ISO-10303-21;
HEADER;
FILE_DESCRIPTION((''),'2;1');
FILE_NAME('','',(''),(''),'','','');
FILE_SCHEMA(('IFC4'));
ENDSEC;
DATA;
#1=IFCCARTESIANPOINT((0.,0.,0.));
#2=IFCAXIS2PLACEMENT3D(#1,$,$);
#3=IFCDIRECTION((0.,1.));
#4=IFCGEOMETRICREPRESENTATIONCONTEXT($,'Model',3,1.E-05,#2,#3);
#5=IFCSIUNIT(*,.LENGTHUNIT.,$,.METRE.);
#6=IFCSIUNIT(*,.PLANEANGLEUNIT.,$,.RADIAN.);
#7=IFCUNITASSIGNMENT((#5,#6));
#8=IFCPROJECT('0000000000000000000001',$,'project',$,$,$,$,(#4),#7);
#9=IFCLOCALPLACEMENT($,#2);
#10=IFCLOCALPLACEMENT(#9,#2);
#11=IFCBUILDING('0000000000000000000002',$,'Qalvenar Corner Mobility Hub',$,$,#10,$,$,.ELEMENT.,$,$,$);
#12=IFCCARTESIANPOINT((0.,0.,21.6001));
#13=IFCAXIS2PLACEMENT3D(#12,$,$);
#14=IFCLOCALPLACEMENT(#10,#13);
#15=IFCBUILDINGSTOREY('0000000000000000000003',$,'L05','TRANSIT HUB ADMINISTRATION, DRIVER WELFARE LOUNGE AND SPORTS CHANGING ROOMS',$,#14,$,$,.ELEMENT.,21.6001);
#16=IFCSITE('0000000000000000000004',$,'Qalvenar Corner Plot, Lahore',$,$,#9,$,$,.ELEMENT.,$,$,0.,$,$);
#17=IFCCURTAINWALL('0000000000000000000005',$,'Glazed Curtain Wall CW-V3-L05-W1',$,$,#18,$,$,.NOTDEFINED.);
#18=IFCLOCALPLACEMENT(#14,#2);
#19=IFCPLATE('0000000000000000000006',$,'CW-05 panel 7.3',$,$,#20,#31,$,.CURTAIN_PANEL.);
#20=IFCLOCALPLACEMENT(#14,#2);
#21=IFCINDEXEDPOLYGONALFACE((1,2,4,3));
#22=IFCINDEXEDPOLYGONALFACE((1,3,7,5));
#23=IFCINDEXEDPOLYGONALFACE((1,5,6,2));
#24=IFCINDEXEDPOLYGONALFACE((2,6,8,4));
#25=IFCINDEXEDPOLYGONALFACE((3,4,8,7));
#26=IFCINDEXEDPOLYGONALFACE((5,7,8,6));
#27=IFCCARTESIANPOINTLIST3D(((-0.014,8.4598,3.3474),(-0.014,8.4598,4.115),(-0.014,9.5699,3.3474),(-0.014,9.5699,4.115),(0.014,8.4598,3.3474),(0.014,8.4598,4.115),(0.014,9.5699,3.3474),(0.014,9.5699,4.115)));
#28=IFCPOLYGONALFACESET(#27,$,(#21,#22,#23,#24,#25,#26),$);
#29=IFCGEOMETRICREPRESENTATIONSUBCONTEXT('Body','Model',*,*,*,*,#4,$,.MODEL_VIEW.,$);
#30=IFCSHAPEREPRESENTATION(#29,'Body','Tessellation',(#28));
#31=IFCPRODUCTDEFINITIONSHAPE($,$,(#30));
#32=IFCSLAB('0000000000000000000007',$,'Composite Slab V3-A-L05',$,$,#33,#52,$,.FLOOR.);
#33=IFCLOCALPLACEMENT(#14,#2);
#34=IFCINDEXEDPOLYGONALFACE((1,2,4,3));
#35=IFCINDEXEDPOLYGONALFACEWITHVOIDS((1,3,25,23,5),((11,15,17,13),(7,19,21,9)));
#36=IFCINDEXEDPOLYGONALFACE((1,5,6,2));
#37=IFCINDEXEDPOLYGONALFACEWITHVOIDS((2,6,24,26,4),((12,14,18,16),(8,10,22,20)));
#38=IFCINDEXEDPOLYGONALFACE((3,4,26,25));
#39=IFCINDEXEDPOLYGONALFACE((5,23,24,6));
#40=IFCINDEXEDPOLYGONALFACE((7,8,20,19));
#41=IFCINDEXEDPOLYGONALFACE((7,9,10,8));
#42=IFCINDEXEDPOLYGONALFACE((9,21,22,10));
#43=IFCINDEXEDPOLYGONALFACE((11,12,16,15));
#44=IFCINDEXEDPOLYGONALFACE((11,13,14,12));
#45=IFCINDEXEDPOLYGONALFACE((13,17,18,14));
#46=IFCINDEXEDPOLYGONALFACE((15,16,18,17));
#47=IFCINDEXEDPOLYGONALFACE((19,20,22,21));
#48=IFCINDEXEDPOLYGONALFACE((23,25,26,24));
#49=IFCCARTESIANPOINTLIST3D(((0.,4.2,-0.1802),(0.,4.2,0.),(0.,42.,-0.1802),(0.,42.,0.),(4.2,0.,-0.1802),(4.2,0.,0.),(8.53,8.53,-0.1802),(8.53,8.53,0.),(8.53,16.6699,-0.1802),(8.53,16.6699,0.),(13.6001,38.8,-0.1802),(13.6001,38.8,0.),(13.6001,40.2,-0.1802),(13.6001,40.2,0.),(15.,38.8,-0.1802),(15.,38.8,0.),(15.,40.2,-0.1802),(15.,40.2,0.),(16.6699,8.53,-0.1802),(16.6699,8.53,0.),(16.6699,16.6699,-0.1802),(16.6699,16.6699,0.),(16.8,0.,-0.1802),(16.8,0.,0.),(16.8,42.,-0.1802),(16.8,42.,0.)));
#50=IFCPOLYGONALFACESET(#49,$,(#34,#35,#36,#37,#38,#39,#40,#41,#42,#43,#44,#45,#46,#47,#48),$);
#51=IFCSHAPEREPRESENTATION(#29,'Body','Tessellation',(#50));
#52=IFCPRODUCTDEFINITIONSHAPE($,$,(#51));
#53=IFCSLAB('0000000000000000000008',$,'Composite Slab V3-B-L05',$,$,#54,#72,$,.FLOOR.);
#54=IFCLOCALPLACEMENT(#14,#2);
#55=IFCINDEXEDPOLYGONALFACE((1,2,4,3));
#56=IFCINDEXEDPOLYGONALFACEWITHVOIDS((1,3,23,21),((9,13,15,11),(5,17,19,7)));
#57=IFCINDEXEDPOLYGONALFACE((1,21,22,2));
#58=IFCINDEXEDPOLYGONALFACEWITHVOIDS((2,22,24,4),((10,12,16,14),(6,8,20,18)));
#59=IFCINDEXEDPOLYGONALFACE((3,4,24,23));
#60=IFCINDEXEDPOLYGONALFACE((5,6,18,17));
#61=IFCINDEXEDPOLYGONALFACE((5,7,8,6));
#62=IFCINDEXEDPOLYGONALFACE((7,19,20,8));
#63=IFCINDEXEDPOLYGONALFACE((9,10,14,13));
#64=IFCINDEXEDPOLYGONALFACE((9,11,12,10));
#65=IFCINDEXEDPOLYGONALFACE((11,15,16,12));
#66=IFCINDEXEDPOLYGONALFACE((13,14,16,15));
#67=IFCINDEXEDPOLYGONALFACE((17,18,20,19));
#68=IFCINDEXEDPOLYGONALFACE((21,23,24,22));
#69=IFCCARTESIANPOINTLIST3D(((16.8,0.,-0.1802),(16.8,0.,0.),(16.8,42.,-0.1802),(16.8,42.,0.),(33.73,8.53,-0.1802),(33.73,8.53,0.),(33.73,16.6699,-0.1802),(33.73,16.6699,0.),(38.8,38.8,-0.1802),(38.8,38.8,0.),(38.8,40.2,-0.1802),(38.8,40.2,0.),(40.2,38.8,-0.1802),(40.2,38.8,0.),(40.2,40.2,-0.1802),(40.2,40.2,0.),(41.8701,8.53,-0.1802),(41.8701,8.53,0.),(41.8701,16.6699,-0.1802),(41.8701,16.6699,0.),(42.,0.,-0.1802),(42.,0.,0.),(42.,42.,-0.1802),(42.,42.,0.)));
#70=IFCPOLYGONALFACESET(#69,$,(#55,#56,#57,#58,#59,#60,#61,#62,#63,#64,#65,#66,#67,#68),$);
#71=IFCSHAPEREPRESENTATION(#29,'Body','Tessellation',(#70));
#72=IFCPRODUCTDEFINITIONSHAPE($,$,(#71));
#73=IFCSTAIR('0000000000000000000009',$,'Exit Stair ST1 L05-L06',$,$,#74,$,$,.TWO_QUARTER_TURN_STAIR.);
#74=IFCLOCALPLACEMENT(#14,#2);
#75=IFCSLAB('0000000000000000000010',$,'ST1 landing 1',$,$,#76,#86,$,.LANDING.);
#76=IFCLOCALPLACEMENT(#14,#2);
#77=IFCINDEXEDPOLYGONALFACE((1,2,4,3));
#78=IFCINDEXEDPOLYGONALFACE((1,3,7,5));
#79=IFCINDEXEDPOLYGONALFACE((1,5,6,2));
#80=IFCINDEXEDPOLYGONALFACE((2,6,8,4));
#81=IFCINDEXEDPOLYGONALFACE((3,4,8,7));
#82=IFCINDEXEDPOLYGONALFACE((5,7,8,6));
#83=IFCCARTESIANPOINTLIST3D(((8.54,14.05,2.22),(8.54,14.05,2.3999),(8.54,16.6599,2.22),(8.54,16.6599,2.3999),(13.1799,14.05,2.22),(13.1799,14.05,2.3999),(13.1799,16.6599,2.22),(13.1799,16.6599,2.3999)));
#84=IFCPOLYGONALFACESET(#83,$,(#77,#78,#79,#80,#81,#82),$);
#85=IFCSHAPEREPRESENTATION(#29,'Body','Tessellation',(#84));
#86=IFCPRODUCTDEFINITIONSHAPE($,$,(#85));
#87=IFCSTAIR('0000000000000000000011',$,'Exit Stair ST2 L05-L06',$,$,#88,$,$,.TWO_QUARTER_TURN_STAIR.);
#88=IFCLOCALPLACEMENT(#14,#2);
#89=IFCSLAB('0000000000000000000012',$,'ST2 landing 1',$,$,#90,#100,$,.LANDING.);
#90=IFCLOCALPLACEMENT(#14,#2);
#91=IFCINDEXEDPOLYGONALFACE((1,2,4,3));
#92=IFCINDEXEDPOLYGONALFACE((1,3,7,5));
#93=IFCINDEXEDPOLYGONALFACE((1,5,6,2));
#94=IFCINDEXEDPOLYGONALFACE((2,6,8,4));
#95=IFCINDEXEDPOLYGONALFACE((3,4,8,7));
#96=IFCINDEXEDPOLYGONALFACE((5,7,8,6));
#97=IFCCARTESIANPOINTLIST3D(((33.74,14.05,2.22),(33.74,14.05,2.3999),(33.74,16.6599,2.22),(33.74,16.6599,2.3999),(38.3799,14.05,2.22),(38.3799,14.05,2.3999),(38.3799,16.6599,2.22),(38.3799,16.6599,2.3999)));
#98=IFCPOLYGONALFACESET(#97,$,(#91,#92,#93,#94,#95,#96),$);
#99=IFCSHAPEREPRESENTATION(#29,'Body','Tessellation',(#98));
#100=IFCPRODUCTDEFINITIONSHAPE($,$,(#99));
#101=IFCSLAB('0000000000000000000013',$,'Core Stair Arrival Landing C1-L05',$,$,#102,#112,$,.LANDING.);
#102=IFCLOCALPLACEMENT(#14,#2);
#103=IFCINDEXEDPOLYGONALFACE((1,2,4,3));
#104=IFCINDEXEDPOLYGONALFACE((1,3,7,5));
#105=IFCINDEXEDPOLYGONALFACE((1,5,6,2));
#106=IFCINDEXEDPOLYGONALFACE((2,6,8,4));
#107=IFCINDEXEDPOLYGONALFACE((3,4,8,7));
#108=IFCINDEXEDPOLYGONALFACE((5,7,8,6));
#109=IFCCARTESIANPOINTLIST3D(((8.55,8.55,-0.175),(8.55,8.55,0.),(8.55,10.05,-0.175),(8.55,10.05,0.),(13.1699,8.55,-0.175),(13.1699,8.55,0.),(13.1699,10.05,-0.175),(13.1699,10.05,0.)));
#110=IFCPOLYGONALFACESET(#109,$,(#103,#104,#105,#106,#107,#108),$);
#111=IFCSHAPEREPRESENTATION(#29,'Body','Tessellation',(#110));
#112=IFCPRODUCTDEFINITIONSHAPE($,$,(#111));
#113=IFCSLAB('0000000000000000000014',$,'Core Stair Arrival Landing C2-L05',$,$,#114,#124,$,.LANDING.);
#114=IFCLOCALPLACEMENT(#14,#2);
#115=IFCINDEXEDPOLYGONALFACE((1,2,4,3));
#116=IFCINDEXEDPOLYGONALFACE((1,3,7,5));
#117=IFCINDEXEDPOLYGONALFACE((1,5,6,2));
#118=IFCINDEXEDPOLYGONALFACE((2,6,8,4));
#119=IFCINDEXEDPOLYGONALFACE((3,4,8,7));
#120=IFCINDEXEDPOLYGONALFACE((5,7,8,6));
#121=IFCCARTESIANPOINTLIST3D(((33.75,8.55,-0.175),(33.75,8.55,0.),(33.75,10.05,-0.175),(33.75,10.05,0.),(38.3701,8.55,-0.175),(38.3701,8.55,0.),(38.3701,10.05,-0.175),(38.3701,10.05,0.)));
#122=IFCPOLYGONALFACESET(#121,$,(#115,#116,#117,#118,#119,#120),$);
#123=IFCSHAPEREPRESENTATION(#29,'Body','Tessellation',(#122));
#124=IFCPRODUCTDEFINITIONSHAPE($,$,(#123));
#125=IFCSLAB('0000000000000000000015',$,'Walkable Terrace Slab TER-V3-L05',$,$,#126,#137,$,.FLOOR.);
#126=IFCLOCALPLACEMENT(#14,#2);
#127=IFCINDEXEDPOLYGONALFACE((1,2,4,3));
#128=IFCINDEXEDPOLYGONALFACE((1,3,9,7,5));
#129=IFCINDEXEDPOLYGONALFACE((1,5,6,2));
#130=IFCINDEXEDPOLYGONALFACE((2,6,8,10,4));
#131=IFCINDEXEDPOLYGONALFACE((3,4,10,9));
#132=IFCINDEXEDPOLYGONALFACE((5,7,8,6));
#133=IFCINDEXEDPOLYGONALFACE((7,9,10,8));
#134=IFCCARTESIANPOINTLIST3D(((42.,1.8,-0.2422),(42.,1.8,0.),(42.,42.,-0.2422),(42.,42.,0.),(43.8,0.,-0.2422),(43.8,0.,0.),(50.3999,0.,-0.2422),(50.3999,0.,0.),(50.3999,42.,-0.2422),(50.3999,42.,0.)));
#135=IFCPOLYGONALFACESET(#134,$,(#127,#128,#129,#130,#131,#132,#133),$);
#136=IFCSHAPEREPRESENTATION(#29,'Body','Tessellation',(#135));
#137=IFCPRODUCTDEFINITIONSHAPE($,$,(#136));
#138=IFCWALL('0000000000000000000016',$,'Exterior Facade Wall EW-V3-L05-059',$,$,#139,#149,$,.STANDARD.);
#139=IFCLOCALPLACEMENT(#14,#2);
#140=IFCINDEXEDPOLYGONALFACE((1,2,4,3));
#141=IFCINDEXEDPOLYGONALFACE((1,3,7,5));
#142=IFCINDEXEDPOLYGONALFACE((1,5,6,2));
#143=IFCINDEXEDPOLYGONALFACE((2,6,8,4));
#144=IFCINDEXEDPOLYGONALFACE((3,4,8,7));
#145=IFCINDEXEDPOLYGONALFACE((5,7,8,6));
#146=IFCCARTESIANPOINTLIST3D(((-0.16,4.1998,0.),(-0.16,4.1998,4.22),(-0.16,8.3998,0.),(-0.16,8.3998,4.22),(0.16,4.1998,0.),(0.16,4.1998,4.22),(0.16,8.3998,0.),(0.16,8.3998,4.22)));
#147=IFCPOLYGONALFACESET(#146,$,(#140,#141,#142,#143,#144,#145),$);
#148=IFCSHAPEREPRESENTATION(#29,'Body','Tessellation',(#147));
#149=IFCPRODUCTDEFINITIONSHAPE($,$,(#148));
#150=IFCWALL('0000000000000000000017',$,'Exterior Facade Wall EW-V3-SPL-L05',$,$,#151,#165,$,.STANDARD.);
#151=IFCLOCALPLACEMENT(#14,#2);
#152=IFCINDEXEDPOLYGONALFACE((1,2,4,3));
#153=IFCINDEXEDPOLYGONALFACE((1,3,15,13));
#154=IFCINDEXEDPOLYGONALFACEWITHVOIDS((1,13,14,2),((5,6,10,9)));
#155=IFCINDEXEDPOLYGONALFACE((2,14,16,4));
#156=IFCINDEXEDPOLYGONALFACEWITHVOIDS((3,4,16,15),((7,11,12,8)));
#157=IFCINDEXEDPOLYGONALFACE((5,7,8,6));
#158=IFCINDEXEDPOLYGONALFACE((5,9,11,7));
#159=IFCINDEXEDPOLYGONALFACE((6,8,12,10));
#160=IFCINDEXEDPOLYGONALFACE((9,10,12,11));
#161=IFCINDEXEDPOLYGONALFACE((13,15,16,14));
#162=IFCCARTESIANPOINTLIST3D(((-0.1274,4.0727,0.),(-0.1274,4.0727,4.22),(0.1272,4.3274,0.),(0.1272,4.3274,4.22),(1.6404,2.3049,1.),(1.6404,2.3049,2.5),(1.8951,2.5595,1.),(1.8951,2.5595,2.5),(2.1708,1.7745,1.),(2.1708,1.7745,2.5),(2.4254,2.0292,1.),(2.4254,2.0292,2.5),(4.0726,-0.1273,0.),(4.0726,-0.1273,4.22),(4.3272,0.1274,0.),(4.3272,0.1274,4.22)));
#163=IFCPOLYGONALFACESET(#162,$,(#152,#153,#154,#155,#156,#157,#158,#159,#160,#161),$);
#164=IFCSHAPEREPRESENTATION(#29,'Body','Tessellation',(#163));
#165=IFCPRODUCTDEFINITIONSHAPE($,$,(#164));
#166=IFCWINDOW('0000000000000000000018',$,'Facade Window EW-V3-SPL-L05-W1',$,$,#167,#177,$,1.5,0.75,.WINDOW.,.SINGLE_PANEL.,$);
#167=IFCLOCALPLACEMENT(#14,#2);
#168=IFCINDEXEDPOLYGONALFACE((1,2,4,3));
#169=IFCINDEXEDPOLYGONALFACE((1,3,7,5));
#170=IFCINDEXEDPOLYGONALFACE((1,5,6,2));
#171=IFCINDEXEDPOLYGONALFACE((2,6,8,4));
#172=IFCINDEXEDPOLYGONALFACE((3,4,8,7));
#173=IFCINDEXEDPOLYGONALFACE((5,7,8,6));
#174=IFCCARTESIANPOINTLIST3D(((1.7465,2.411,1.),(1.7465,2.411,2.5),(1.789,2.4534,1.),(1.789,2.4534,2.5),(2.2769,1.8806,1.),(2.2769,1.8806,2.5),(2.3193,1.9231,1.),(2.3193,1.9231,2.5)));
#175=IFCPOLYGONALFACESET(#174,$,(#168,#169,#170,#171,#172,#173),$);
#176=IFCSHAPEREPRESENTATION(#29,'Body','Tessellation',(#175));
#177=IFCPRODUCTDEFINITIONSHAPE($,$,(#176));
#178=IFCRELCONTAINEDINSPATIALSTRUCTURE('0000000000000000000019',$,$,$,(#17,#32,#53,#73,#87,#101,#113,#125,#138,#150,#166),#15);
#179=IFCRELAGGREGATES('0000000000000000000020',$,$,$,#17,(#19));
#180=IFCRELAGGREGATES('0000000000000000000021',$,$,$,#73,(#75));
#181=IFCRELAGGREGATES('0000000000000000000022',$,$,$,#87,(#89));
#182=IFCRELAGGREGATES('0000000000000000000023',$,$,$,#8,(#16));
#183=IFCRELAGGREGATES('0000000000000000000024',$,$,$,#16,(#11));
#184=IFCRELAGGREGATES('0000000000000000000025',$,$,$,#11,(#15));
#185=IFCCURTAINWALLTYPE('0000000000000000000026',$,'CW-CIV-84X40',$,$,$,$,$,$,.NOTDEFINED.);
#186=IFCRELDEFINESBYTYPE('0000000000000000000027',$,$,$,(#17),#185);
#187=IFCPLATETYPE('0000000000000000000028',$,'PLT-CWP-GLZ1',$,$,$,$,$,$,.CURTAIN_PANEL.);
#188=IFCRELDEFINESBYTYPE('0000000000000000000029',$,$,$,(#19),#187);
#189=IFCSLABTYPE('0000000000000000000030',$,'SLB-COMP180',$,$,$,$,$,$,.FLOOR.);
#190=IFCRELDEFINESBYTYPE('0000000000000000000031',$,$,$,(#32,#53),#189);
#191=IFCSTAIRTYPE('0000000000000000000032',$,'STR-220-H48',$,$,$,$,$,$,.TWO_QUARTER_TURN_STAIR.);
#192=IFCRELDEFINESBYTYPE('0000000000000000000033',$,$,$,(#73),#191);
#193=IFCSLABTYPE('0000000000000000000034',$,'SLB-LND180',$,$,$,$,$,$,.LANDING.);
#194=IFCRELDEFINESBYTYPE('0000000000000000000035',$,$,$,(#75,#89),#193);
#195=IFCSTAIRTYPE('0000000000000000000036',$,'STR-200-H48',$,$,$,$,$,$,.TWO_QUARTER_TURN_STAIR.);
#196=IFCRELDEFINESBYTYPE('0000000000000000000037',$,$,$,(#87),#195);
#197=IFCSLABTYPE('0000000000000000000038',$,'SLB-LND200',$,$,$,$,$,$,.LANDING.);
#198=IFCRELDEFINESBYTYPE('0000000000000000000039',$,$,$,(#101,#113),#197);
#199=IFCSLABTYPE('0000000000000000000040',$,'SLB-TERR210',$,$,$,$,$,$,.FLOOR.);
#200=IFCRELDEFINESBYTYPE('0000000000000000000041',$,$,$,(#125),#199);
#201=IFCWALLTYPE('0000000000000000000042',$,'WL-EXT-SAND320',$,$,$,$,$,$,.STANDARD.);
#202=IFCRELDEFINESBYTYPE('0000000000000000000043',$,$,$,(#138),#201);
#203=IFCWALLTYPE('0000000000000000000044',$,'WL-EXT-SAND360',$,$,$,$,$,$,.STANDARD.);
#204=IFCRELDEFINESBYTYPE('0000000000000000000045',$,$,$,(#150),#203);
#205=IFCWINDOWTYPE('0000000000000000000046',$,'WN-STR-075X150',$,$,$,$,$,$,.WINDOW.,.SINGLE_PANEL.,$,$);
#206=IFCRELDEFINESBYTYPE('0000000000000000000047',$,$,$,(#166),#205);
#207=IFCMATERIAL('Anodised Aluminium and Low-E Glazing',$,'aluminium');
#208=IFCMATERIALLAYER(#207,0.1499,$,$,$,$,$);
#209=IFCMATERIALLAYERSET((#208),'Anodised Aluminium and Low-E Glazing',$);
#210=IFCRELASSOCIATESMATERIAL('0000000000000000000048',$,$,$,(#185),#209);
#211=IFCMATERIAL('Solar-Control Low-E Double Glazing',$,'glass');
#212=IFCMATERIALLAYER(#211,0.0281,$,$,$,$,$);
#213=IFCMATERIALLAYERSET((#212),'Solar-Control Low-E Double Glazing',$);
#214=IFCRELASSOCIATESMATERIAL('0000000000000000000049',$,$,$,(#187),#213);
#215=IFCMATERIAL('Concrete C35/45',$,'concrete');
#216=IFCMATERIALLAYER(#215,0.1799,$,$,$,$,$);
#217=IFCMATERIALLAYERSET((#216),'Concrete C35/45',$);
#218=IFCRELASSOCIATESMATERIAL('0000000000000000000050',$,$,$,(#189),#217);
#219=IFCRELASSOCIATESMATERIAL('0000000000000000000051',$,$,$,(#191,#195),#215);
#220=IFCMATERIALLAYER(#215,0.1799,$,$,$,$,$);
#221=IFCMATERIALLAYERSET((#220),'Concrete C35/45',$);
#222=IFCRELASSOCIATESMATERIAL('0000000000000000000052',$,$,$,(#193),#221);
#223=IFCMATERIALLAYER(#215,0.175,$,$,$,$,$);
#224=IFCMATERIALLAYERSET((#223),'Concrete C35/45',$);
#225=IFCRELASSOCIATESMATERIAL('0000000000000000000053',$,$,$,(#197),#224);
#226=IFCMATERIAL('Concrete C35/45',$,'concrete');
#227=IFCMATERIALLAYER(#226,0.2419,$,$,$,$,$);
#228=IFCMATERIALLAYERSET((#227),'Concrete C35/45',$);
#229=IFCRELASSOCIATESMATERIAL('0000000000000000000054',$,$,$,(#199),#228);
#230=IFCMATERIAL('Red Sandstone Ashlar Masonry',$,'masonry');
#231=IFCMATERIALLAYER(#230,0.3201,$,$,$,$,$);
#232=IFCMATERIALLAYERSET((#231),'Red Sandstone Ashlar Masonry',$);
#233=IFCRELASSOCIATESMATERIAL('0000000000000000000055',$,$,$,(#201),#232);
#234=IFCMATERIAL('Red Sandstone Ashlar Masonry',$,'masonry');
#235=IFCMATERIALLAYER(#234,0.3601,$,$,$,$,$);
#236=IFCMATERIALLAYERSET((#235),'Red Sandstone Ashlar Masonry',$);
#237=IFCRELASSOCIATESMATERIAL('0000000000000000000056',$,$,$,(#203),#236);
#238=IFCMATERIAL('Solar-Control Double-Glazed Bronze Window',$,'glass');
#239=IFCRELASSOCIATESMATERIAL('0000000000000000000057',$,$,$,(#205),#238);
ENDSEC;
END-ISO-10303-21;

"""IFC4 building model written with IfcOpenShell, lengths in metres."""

from ifc_helpers import new_model, si_unit, direction, frame, frame_2d, origin, origin_2d, place, context, subcontext, project, spatial, polyline, rectangle, outline, extrude, material, layer, layer_set, type_object, element, fill, aggregate, save


model = new_model("IFC4")

# Units and contexts
model_context = context("Model", 3, precision=1e-05, world=origin(), true_north=direction((0.0, 1.0)))
body_context = subcontext(model_context, "Body", "Model", "MODEL_VIEW")
ifc_project = project(units=[si_unit("LENGTHUNIT", "METRE"), si_unit("PLANEANGLEUNIT", "RADIAN")], contexts=[model_context])

# Site, building, storey
site_placement = place(None, origin())
site = spatial("IfcSite", under=ifc_project, at=site_placement, Name="Qalvenar Corner Plot, Lahore", CompositionType="ELEMENT", RefElevation=0.0)
building_placement = place(site_placement, origin())
building = spatial("IfcBuilding", under=site, at=building_placement, Name="Qalvenar Corner Mobility Hub", CompositionType="ELEMENT")
storey_placement = place(building_placement, frame((0.0, 0.0, 21.6001)))
storey = spatial("IfcBuildingStorey", under=building, at=storey_placement, Name="L05", Description="TRANSIT HUB ADMINISTRATION, DRIVER WELFARE LOUNGE AND SPORTS CHANGING ROOMS", CompositionType="ELEMENT", Elevation=21.6001)

# Curtain wall, plate
ifc_material_1 = material(Name="Anodised Aluminium and Low-E Glazing", Category="aluminium")
ifc_layer_1 = layer(ifc_material_1, 0.1499)
ifc_layer_set_1 = layer_set([ifc_layer_1], Name="Anodised Aluminium and Low-E Glazing")
curtain_wall_type = type_object("IfcCurtainWallType", Name="CW-CIV-84X40", PredefinedType="NOTDEFINED", material=ifc_layer_set_1)
curtain_wall_placement = place(storey_placement, origin())
curtain_wall = element("IfcCurtainWall", 1, at=curtain_wall_placement, inside=storey, type_object=curtain_wall_type, Name="Glazed Curtain Wall CW-V3-L05-W1", PredefinedType="NOTDEFINED")
ifc_material_2 = material(Name="Solar-Control Low-E Double Glazing", Category="glass")
ifc_layer_2 = layer(ifc_material_2, 0.0281)
ifc_layer_set_2 = layer_set([ifc_layer_2], Name="Solar-Control Low-E Double Glazing")
plate_type = type_object("IfcPlateType", Name="PLT-CWP-GLZ1", PredefinedType="CURTAIN_PANEL", material=ifc_layer_set_2)
plate_1_placement = place(storey_placement, frame((0.0, 9.0149, 3.3474), z_axis=(0.0, 0.0, 1.0), x_axis=(0.0, -1.0, 0.0)))
plate_1 = element("IfcPlate", 2, at=plate_1_placement, type_object=plate_type, Name="CW-05 panel 7.3", PredefinedType="CURTAIN_PANEL", context=body_context, shape_type="SweptSolid", body=[
    extrude(rectangle(XDim=1.1101, YDim=0.0281, at=origin_2d()), origin(), (0.0, 0.0, 1.0), 0.7676),
])
aggregate(curtain_wall, [plate_1])

# Slabs
ifc_material_3 = material(Name="Concrete C35/45", Category="concrete")
ifc_layer_3 = layer(ifc_material_3, 0.1799)
ifc_layer_set_3 = layer_set([ifc_layer_3], Name="Concrete C35/45")
slab_type_1 = type_object("IfcSlabType", Name="SLB-COMP180", PredefinedType="FLOOR", material=ifc_layer_set_3)
slab_1_placement = place(storey_placement, frame((0.0, 0.0, -0.1802)))
element("IfcSlab", 3, at=slab_1_placement, inside=storey, type_object=slab_type_1, Name="Composite Slab V3-A-L05", PredefinedType="FLOOR", context=body_context, shape_type="SweptSolid", body=[
    extrude(outline(polyline([(4.2, 0.0), (16.8, 0.0), (16.8, 42.0), (0.0, 42.0), (0.0, 4.2), (4.2, 0.0)]), holes=[polyline([(8.53, 8.53), (16.6699, 8.53), (16.6699, 16.6699), (8.53, 16.6699), (8.53, 8.53)]), polyline([(13.6001, 38.8), (15.0, 38.8), (15.0, 40.2), (13.6001, 40.2), (13.6001, 38.8)])]), origin(), (0.0, 0.0, 1.0), 0.1802),
])
slab_2_placement = place(storey_placement, frame((0.0, 0.0, -0.1802)))
element("IfcSlab", 4, at=slab_2_placement, inside=storey, type_object=slab_type_1, Name="Composite Slab V3-B-L05", PredefinedType="FLOOR", context=body_context, shape_type="SweptSolid", body=[
    extrude(outline(polyline([(16.8, 0.0), (42.0, 0.0), (42.0, 42.0), (16.8, 42.0), (16.8, 0.0)]), holes=[polyline([(33.73, 8.53), (41.8701, 8.53), (41.8701, 16.6699), (33.73, 16.6699), (33.73, 8.53)]), polyline([(38.8, 38.8), (40.2, 38.8), (40.2, 40.2), (38.8, 40.2), (38.8, 38.8)])]), origin(), (0.0, 0.0, 1.0), 0.1802),
])

# Stairs, slabs
stair_type_1 = type_object("IfcStairType", Name="STR-220-H48", PredefinedType="TWO_QUARTER_TURN_STAIR", material=ifc_material_3)
stair_1_placement = place(storey_placement, origin())
stair_1 = element("IfcStair", 5, at=stair_1_placement, inside=storey, type_object=stair_type_1, Name="Exit Stair ST1 L05-L06", PredefinedType="TWO_QUARTER_TURN_STAIR")
ifc_layer_4 = layer(ifc_material_3, 0.1799)
ifc_layer_set_4 = layer_set([ifc_layer_4], Name="Concrete C35/45")
slab_type_2 = type_object("IfcSlabType", Name="SLB-LND180", PredefinedType="LANDING", material=ifc_layer_set_4)
slab_3_placement = place(storey_placement, frame((0.0, 0.0, 2.22)))
slab_3 = element("IfcSlab", 6, at=slab_3_placement, type_object=slab_type_2, Name="ST1 landing 1", PredefinedType="LANDING", context=body_context, shape_type="SweptSolid", body=[
    extrude(outline(polyline([(8.54, 14.05), (13.1799, 14.05), (13.1799, 16.6599), (8.54, 16.6599), (8.54, 14.05)])), origin(), (0.0, 0.0, 1.0), 0.1799),
])
aggregate(stair_1, [slab_3])
stair_type_2 = type_object("IfcStairType", Name="STR-200-H48", PredefinedType="TWO_QUARTER_TURN_STAIR", material=ifc_material_3)
stair_2_placement = place(storey_placement, origin())
stair_2 = element("IfcStair", 7, at=stair_2_placement, inside=storey, type_object=stair_type_2, Name="Exit Stair ST2 L05-L06", PredefinedType="TWO_QUARTER_TURN_STAIR")
slab_4_placement = place(storey_placement, frame((0.0, 0.0, 2.22)))
slab_4 = element("IfcSlab", 8, at=slab_4_placement, type_object=slab_type_2, Name="ST2 landing 1", PredefinedType="LANDING", context=body_context, shape_type="SweptSolid", body=[
    extrude(outline(polyline([(33.74, 14.05), (38.3799, 14.05), (38.3799, 16.6599), (33.74, 16.6599), (33.74, 14.05)])), origin(), (0.0, 0.0, 1.0), 0.1799),
])
aggregate(stair_2, [slab_4])

# Slabs
ifc_layer_5 = layer(ifc_material_3, 0.175)
ifc_layer_set_5 = layer_set([ifc_layer_5], Name="Concrete C35/45")
slab_type_3 = type_object("IfcSlabType", Name="SLB-LND200", PredefinedType="LANDING", material=ifc_layer_set_5)
slab_5_placement = place(storey_placement, frame((0.0, 0.0, -0.175)))
element("IfcSlab", 9, at=slab_5_placement, inside=storey, type_object=slab_type_3, Name="Core Stair Arrival Landing C1-L05", PredefinedType="LANDING", context=body_context, shape_type="SweptSolid", body=[
    extrude(outline(polyline([(8.55, 8.55), (13.1699, 8.55), (13.1699, 10.05), (8.55, 10.05), (8.55, 8.55)])), origin(), (0.0, 0.0, 1.0), 0.175),
])
slab_6_placement = place(storey_placement, frame((0.0, 0.0, -0.175)))
element("IfcSlab", 10, at=slab_6_placement, inside=storey, type_object=slab_type_3, Name="Core Stair Arrival Landing C2-L05", PredefinedType="LANDING", context=body_context, shape_type="SweptSolid", body=[
    extrude(outline(polyline([(33.75, 8.55), (38.3701, 8.55), (38.3701, 10.05), (33.75, 10.05), (33.75, 8.55)])), origin(), (0.0, 0.0, 1.0), 0.175),
])
ifc_material_4 = material(Name="Concrete C35/45", Category="concrete")
ifc_layer_6 = layer(ifc_material_4, 0.2419)
ifc_layer_set_6 = layer_set([ifc_layer_6], Name="Concrete C35/45")
slab_type_4 = type_object("IfcSlabType", Name="SLB-TERR210", PredefinedType="FLOOR", material=ifc_layer_set_6)
slab_7_placement = place(storey_placement, frame((0.0, 0.0, -0.2422)))
element("IfcSlab", 11, at=slab_7_placement, inside=storey, type_object=slab_type_4, Name="Walkable Terrace Slab TER-V3-L05", PredefinedType="FLOOR", context=body_context, shape_type="SweptSolid", body=[
    extrude(outline(polyline([(43.8, 0.0), (50.3999, 0.0), (50.3999, 42.0), (42.0, 42.0), (42.0, 1.8), (43.8, 0.0)])), origin(), (0.0, 0.0, 1.0), 0.2422),
])

# Wall
ifc_material_5 = material(Name="Red Sandstone Ashlar Masonry", Category="masonry")
ifc_layer_7 = layer(ifc_material_5, 0.3201)
ifc_layer_set_7 = layer_set([ifc_layer_7], Name="Red Sandstone Ashlar Masonry")
wall_type_1 = type_object("IfcWallType", Name="WL-EXT-SAND320", PredefinedType="STANDARD", material=ifc_layer_set_7)
wall_1_placement = place(storey_placement, frame((0.0, 8.3999, 0.0), z_axis=(0.0, 0.0, 1.0), x_axis=(0.0, -1.0, 0.0)))
element("IfcWall", 12, at=wall_1_placement, inside=storey, type_object=wall_type_1, Name="Exterior Facade Wall EW-V3-L05-059", PredefinedType="STANDARD", context=body_context, shape_type="SweptSolid", body=[
    extrude(rectangle(XDim=4.2, YDim=0.3201, at=frame_2d((2.1001, 0.0))), origin(), (0.0, 0.0, 1.0), 4.22),
])

# Wall, opening, window
ifc_material_6 = material(Name="Red Sandstone Ashlar Masonry", Category="masonry")
ifc_layer_8 = layer(ifc_material_6, 0.3601)
ifc_layer_set_8 = layer_set([ifc_layer_8], Name="Red Sandstone Ashlar Masonry")
wall_type_2 = type_object("IfcWallType", Name="WL-EXT-SAND360", PredefinedType="STANDARD", material=ifc_layer_set_8)
wall_2_placement = place(storey_placement, frame((0.0, 4.2, 0.0), z_axis=(0.0, 0.0, 1.0), x_axis=(0.707107, -0.707107, 0.0)))
wall_2 = element("IfcWall", 13, at=wall_2_placement, inside=storey, type_object=wall_type_2, Name="Exterior Facade Wall EW-V3-SPL-L05", PredefinedType="STANDARD", context=body_context, shape_type="SweptSolid", body=[
    extrude(rectangle(XDim=5.9397, YDim=0.3601, at=frame_2d((2.9697, 0.0))), origin(), (0.0, 0.0, 1.0), 4.22),
])
opening_placement = place(wall_2_placement, frame((2.5, 0.0, 1.0)))
opening = element("IfcOpeningElement", 14, at=opening_placement, cuts=wall_2, PredefinedType="OPENING", context=body_context, shape_type="SweptSolid", body=[
    extrude(rectangle(XDim=0.75, YDim=1.5, at=frame_2d((0.375, 0.75))), frame((0.0, 0.1899, 0.0), z_axis=(0.0, -1.0, 0.0), x_axis=(1.0, 0.0, 0.0)), (0.0, 0.0, 1.0), 0.3801),
])
ifc_material_7 = material(Name="Solar-Control Double-Glazed Bronze Window", Category="glass")
window_type = type_object("IfcWindowType", Name="WN-STR-075X150", PartitioningType="SINGLE_PANEL", PredefinedType="WINDOW", material=ifc_material_7)
window_placement = place(opening_placement, origin())
window = element("IfcWindow", 15, at=window_placement, inside=storey, type_object=window_type, Name="Facade Window EW-V3-SPL-L05-W1", OverallHeight=1.5, OverallWidth=0.75, PartitioningType="SINGLE_PANEL", PredefinedType="WINDOW", context=body_context, shape_type="SweptSolid", body=[
    extrude(rectangle(XDim=0.75, YDim=1.5, at=frame_2d((0.375, 0.75))), frame((0.0, 0.03, 0.0), z_axis=(0.0, -1.0, 0.0), x_axis=(1.0, 0.0, 0.0)), (0.0, 0.0, 1.0), 0.0601),
])
fill(opening, window)

save(model, "model.ifc")
